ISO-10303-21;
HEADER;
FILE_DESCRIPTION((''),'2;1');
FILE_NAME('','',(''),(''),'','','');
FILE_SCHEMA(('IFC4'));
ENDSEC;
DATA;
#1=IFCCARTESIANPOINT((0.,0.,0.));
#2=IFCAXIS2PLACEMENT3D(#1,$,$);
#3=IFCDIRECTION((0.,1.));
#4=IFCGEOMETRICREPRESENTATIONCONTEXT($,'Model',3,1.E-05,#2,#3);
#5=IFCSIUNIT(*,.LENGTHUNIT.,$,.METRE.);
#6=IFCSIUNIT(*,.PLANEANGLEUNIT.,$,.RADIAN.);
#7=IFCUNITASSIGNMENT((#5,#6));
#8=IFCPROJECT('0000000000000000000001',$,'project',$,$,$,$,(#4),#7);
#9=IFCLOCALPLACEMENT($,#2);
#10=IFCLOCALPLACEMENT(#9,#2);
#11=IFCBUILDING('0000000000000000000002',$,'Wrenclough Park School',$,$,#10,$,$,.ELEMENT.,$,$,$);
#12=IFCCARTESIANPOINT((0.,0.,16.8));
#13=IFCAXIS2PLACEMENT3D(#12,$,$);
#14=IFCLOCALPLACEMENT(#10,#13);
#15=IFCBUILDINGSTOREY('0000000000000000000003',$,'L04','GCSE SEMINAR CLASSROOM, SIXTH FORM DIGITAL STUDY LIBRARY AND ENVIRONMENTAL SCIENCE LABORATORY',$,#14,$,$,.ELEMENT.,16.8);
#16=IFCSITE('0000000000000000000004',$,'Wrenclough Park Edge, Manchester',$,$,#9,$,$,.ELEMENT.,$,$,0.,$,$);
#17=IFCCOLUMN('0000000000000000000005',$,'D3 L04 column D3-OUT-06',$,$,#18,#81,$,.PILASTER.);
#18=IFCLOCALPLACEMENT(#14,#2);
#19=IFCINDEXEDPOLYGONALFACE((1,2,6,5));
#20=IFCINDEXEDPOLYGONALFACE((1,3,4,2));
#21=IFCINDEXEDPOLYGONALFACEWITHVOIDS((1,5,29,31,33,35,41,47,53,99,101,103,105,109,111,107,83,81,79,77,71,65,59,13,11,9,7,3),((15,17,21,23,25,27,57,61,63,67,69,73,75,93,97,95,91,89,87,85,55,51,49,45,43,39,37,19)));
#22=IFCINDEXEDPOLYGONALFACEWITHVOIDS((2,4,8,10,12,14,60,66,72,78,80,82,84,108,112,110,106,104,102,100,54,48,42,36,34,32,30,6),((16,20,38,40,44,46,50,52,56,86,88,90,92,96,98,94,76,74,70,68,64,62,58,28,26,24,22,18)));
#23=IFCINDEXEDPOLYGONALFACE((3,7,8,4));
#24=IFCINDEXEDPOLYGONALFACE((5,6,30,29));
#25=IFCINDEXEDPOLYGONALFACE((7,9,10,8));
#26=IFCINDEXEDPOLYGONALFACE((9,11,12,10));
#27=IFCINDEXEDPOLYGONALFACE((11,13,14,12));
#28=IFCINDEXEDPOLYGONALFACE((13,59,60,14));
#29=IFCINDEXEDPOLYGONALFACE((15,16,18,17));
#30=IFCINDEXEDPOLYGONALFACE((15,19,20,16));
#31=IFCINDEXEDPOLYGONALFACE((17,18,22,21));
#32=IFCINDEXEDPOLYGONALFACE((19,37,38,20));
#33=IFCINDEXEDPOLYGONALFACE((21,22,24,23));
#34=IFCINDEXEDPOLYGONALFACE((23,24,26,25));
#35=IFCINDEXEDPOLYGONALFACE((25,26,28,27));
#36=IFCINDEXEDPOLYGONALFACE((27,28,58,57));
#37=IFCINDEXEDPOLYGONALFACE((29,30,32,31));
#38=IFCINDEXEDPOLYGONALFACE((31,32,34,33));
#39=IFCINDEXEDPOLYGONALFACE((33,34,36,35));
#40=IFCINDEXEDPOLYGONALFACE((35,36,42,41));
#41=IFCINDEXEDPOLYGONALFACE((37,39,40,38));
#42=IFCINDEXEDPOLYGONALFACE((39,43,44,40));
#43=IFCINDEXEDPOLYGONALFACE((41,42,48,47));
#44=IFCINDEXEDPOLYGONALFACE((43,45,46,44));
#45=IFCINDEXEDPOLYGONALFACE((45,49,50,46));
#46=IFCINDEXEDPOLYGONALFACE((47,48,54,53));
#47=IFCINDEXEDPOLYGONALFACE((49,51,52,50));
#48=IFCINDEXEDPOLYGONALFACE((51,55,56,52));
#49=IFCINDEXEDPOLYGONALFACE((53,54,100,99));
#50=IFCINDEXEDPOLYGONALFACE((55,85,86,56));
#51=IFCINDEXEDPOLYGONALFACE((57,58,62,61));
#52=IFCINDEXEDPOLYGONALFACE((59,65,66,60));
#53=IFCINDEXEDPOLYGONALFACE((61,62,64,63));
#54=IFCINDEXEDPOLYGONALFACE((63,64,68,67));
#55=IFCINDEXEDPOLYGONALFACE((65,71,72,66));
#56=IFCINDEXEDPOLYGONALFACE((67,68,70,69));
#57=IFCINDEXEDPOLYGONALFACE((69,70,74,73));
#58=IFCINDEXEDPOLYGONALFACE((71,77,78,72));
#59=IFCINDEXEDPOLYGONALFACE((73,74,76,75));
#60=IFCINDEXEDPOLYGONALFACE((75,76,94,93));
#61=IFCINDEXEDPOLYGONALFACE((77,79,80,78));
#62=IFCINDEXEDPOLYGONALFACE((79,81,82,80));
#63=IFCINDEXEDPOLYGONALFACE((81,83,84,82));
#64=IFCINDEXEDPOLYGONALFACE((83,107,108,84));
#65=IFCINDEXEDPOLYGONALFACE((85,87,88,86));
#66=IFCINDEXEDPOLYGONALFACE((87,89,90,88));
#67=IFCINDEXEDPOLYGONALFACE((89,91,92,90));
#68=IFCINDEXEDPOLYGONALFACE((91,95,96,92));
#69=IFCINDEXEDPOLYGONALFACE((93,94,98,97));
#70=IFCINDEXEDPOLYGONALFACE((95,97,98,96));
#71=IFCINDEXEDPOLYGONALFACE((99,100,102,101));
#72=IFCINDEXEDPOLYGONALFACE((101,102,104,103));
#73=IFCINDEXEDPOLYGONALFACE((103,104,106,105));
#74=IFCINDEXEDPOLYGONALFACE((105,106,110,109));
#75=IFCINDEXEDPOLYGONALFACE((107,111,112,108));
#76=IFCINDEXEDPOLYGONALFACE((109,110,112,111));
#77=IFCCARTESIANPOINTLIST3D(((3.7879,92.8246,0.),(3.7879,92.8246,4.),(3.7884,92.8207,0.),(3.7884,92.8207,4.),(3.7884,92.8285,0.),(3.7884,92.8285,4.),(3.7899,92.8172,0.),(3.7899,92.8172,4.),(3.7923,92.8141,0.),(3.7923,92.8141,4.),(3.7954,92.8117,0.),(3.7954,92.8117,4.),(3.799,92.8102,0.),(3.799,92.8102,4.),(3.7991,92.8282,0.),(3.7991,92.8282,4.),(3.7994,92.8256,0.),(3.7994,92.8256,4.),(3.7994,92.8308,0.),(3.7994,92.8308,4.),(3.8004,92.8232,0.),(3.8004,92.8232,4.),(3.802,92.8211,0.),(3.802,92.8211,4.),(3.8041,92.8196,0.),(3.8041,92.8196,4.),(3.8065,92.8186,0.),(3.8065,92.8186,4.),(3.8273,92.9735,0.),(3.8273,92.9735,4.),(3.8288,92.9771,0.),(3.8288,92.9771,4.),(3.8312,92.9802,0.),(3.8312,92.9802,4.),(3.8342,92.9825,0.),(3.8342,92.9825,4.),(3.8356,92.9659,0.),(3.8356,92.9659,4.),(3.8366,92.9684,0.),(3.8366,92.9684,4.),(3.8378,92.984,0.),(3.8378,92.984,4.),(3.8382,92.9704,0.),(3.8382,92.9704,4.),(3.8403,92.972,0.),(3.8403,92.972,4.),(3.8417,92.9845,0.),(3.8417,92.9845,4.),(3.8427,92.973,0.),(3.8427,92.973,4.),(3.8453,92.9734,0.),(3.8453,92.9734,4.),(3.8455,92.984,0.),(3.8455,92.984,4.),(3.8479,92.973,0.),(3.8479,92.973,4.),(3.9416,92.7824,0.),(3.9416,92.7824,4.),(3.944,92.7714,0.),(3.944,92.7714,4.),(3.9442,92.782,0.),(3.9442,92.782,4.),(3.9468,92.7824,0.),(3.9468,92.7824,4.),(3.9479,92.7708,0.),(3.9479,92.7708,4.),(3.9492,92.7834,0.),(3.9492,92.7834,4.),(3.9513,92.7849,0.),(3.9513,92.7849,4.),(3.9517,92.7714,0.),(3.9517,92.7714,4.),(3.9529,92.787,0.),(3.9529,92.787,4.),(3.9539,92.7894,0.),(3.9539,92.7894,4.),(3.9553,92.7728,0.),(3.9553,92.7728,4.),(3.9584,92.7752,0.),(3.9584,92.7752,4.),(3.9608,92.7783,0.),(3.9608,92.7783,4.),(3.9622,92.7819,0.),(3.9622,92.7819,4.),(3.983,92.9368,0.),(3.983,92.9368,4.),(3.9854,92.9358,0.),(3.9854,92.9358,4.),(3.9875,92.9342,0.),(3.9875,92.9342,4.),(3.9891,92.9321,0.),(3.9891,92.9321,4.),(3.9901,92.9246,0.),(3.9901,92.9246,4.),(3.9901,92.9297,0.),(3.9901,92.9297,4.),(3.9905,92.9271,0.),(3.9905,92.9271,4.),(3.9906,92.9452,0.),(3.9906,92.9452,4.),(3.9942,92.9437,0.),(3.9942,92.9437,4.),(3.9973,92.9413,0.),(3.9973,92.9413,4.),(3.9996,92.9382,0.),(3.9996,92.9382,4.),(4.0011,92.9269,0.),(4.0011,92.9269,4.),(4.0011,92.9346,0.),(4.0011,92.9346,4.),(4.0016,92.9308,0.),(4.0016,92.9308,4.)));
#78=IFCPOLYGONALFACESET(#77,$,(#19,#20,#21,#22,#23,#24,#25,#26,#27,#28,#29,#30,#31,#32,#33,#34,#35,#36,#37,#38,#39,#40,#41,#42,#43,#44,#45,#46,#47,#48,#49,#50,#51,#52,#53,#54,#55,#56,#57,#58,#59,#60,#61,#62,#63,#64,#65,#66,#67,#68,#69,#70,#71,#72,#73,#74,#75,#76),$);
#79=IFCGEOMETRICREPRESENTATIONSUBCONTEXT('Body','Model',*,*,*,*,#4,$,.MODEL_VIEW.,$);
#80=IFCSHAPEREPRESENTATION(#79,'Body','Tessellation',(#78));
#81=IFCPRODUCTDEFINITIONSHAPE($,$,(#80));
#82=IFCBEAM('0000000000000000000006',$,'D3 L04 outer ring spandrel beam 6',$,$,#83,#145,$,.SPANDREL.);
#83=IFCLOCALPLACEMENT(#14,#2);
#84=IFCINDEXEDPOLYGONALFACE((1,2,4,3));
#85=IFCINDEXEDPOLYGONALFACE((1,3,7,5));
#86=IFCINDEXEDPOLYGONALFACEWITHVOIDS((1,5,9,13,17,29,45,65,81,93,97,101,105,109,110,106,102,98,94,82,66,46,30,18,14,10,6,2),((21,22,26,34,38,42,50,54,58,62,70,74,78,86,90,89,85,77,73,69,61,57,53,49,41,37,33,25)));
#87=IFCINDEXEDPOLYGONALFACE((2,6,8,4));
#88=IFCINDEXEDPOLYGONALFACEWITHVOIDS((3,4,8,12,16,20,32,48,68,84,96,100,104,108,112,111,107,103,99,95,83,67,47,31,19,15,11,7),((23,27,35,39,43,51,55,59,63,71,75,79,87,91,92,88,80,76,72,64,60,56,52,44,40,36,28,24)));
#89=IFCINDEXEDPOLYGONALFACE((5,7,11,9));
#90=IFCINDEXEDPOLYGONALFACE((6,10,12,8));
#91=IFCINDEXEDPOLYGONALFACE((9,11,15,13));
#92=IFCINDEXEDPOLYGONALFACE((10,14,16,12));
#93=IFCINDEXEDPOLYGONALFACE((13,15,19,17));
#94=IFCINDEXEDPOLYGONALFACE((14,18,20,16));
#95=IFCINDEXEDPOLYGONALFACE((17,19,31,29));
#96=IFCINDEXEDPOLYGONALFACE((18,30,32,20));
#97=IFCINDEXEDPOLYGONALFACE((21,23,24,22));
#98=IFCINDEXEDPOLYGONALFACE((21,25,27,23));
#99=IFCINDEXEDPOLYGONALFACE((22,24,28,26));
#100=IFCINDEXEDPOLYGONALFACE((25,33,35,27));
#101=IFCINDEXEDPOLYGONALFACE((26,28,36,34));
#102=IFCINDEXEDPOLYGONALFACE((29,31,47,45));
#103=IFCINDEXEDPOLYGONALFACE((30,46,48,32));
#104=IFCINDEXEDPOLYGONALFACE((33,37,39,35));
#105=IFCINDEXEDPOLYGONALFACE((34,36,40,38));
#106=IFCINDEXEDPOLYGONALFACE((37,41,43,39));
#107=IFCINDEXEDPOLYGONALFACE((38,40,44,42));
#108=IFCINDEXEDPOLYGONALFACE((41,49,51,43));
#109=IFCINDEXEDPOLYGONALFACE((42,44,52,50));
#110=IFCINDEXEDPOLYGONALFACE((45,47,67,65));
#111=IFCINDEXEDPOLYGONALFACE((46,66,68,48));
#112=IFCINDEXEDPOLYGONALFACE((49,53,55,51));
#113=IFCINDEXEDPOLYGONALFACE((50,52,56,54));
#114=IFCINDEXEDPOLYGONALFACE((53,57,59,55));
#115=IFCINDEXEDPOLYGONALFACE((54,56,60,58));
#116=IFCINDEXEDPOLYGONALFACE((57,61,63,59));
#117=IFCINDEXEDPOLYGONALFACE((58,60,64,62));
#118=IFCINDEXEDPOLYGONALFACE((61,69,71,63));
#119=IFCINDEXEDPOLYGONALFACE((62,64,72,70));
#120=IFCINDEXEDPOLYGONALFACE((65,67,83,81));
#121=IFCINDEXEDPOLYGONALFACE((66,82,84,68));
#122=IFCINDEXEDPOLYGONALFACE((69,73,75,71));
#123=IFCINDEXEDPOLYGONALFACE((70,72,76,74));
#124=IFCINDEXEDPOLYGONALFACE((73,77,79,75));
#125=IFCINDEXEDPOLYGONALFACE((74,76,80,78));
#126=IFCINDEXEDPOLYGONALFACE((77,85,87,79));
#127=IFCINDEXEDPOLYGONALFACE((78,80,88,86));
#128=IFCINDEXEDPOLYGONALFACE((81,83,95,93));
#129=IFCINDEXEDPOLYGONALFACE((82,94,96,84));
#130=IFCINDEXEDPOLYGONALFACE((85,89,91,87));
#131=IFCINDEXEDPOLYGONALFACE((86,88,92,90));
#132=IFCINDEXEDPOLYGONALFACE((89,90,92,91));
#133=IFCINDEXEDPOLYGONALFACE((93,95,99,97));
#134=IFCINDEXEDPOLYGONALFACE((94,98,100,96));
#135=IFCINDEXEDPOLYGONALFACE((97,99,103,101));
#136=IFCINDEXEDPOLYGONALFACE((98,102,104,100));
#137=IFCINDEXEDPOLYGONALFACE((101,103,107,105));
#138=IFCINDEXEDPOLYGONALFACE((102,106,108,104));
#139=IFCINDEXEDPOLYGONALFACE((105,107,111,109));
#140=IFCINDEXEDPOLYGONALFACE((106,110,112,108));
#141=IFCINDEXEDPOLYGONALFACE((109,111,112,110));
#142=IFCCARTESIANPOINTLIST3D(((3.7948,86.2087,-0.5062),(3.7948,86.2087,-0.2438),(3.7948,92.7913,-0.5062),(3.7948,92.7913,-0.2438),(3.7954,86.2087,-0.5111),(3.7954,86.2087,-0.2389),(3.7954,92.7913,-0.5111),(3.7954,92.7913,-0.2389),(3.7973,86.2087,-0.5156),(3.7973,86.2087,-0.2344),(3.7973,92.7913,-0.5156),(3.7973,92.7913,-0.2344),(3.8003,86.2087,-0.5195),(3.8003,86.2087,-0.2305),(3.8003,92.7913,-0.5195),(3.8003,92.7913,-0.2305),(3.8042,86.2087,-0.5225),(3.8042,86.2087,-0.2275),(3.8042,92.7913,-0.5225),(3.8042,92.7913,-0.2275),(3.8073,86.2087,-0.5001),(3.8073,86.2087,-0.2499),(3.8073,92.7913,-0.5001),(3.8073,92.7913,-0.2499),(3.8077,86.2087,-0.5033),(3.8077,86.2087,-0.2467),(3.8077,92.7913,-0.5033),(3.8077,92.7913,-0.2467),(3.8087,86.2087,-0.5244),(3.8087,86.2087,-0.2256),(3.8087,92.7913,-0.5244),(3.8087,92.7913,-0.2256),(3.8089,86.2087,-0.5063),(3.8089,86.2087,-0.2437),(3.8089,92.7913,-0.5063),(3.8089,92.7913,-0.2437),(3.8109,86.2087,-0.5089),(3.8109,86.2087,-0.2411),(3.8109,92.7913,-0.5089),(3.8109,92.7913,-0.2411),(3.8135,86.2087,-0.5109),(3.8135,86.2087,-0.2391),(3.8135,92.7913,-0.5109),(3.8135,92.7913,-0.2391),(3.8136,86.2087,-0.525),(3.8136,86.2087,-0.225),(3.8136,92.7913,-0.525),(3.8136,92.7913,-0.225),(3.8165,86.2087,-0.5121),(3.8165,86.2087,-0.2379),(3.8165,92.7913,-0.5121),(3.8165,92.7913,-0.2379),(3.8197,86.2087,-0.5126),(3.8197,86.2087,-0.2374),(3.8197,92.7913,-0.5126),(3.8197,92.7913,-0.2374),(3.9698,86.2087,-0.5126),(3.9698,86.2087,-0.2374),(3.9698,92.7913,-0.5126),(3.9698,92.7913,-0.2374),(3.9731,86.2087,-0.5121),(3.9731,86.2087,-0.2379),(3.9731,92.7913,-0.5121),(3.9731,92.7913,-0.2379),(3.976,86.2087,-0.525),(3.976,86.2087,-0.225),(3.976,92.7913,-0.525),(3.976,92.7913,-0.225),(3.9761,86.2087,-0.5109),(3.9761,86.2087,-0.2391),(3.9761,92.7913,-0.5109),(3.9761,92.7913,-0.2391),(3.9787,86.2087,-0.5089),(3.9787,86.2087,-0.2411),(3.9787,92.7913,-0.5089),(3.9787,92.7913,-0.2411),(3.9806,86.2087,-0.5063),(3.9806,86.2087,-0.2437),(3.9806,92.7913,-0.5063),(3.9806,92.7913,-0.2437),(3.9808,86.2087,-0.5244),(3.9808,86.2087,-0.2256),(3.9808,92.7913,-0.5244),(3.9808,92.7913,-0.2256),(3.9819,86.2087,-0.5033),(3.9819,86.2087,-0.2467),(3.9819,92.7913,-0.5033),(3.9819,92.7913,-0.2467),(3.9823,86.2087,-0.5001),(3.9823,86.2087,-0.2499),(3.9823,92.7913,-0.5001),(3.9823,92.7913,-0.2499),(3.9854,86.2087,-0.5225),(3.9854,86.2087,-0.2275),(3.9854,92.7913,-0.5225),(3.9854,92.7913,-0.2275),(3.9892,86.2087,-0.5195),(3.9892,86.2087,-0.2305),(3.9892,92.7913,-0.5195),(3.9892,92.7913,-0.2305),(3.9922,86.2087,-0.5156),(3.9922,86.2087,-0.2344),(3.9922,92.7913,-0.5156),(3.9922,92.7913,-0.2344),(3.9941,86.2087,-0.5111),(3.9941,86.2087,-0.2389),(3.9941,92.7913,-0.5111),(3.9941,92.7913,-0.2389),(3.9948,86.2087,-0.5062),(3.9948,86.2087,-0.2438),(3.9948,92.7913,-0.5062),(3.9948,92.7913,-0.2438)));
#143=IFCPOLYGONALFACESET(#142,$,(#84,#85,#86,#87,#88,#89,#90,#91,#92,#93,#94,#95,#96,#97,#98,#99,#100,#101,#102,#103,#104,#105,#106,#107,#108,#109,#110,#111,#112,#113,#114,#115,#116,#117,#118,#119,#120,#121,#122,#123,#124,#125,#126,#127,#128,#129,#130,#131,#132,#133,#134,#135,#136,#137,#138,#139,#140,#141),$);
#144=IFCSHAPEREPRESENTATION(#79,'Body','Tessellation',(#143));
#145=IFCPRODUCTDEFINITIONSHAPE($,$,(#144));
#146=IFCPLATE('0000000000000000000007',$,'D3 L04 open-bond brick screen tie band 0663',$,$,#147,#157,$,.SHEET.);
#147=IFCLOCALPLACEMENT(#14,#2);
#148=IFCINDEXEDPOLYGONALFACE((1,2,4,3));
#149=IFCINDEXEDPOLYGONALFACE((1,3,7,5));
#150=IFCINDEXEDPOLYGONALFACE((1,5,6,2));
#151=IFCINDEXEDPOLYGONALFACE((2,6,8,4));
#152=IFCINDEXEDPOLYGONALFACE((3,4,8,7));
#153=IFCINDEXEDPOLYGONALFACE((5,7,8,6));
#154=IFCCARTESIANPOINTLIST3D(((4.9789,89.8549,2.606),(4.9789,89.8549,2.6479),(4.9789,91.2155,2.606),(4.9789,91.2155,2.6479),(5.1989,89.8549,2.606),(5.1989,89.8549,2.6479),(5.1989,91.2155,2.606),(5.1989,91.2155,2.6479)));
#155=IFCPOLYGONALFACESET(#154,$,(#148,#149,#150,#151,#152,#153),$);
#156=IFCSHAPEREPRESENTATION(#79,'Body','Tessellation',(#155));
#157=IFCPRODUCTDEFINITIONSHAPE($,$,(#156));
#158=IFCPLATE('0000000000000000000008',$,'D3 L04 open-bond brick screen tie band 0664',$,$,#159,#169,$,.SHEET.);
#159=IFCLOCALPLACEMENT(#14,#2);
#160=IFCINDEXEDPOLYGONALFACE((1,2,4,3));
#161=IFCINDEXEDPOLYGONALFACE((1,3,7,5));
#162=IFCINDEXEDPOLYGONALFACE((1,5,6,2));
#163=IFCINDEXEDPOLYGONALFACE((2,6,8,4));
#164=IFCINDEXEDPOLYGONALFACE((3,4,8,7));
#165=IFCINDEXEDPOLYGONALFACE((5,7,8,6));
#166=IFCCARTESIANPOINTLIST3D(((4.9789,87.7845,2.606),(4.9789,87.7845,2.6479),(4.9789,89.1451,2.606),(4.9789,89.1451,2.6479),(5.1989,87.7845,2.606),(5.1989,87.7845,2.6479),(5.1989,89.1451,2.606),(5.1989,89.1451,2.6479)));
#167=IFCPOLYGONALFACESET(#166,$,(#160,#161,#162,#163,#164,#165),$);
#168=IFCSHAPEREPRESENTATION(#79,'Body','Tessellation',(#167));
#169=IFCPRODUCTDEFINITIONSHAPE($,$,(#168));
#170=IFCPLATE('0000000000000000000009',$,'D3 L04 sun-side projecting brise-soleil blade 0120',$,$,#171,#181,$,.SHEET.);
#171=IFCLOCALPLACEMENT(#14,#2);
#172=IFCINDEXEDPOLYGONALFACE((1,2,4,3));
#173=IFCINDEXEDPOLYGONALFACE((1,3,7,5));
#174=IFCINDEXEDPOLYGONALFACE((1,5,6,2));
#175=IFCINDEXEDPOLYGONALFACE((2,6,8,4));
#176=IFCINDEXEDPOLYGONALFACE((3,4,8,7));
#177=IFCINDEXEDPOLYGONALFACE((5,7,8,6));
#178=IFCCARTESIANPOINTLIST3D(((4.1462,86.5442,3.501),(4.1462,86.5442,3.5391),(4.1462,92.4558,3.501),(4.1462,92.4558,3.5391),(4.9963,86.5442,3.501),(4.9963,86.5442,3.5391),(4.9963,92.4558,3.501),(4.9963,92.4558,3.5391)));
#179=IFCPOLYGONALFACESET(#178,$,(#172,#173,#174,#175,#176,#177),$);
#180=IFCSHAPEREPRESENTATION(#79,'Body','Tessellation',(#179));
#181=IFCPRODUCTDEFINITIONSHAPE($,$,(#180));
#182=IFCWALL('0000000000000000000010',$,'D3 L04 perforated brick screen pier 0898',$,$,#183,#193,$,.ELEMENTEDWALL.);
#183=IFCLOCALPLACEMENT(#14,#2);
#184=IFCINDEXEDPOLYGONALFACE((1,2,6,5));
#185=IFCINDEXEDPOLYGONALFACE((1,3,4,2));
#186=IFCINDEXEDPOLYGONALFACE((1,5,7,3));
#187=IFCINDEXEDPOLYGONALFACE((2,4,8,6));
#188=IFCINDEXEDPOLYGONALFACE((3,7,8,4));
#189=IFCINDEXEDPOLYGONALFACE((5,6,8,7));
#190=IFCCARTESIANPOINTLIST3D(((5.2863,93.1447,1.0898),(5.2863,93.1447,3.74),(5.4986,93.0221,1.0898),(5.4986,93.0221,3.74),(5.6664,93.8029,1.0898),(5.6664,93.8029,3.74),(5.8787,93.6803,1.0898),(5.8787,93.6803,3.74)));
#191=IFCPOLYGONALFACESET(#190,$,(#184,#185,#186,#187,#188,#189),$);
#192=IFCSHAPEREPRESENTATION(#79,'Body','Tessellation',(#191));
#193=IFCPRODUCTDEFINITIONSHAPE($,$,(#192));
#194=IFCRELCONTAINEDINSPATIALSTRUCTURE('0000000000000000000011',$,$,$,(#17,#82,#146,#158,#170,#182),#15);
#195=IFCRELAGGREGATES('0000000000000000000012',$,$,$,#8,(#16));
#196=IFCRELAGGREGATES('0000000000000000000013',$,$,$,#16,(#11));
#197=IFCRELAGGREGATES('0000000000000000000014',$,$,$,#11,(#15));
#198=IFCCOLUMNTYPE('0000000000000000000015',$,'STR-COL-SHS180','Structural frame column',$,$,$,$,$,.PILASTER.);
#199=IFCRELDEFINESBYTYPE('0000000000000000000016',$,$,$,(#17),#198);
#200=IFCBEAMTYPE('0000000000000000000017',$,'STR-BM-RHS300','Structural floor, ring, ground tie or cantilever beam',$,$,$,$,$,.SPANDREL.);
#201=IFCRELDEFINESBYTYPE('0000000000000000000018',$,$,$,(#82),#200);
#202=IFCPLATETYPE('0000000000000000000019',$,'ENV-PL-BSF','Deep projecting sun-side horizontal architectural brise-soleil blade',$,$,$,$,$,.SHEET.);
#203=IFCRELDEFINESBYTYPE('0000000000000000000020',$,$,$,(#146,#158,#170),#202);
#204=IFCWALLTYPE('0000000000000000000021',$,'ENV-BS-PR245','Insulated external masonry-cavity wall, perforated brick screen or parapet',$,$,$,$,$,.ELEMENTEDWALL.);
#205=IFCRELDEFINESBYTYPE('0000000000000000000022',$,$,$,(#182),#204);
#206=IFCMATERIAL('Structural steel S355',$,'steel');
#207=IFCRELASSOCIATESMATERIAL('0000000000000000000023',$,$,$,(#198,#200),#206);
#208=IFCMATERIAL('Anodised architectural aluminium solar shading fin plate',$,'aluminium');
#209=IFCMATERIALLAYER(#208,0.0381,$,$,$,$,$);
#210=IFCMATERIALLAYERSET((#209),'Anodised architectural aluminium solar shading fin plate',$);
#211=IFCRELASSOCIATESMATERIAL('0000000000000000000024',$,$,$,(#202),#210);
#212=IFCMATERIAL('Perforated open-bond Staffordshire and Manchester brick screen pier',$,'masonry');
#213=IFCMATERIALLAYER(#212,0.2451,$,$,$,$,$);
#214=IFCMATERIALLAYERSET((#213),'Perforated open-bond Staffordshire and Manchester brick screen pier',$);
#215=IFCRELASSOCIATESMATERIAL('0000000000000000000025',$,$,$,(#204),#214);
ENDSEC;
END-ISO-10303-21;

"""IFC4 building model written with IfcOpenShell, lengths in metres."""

from ifc_helpers import new_model, si_unit, direction, frame, frame_2d, origin, origin_2d, place, context, subcontext, project, spatial, rectangle, hollow_rectangle, extrude, material, layer, layer_set, material_profile, profile_set, type_object, element, save


model = new_model("IFC4")

# Units and contexts
model_context = context("Model", 3, precision=1e-05, world=origin(), true_north=direction((0.0, 1.0)))
body_context = subcontext(model_context, "Body", "Model", "MODEL_VIEW")
ifc_project = project(units=[si_unit("LENGTHUNIT", "METRE"), si_unit("PLANEANGLEUNIT", "RADIAN")], contexts=[model_context])

# Site, building, storey
site_placement = place(None, origin())
site = spatial("IfcSite", under=ifc_project, at=site_placement, Name="Wrenclough Park Edge, Manchester", CompositionType="ELEMENT", RefElevation=0.0)
building_placement = place(site_placement, origin())
building = spatial("IfcBuilding", under=site, at=building_placement, Name="Wrenclough Park School", CompositionType="ELEMENT")
storey_placement = place(building_placement, frame((0.0, 0.0, 16.8)))
storey = spatial("IfcBuildingStorey", under=building, at=storey_placement, Name="L04", Description="GCSE SEMINAR CLASSROOM, SIXTH FORM DIGITAL STUDY LIBRARY AND ENVIRONMENTAL SCIENCE LABORATORY", CompositionType="ELEMENT", Elevation=16.8)

# Column
ifc_material_1 = material(Name="Structural steel S355", Category="steel")
ifc_material_profile_1 = material_profile(ifc_material_1, hollow_rectangle(XDim=0.1799, YDim=0.1799, WallThickness=0.01, InnerFilletRadius=0.01, OuterFilletRadius=0.0149, at=origin_2d()), Name="SHS 180x180x10.0")
ifc_profile_set_1 = profile_set([ifc_material_profile_1], Name="Structural steel S355")
column_type = type_object("IfcColumnType", Name="STR-COL-SHS180", Description="Structural frame column", PredefinedType="PILASTER", material=ifc_profile_set_1)
column_placement = place(storey_placement, frame((3.8948, 92.8777, 0.0), z_axis=(0.0, 0.0, 1.0), x_axis=(-0.258819, -0.965926, 0.0)))
element("IfcColumn", 1, at=column_placement, inside=storey, type_object=column_type, Name="D3 L04 column D3-OUT-06", PredefinedType="PILASTER", context=body_context, shape_type="SweptSolid", body=[
    extrude(hollow_rectangle(XDim=0.1799, YDim=0.1799, WallThickness=0.01, InnerFilletRadius=0.01, OuterFilletRadius=0.0149, at=origin_2d()), origin(), (0.0, 0.0, 1.0), 4.0),
])

# Beam
ifc_material_profile_2 = material_profile(ifc_material_1, hollow_rectangle(XDim=0.2, YDim=0.3, WallThickness=0.0125, InnerFilletRadius=0.0125, OuterFilletRadius=0.0188, at=origin_2d()), Name="RHS 300x200x12.5")
ifc_profile_set_2 = profile_set([ifc_material_profile_2], Name="Structural steel S355")
beam_type = type_object("IfcBeamType", Name="STR-BM-RHS300", Description="Structural floor, ring, ground tie or cantilever beam", PredefinedType="SPANDREL", material=ifc_profile_set_2)
beam_placement = place(storey_placement, frame((3.8948, 92.7913, -0.375), z_axis=(0.0, -1.0, 0.0), x_axis=(1.0, 0.0, 0.0)))
element("IfcBeam", 2, at=beam_placement, inside=storey, type_object=beam_type, Name="D3 L04 outer ring spandrel beam 6", PredefinedType="SPANDREL", context=body_context, shape_type="SweptSolid", body=[
    extrude(hollow_rectangle(XDim=0.2, YDim=0.3, WallThickness=0.0125, InnerFilletRadius=0.0125, OuterFilletRadius=0.0188, at=origin_2d()), origin(), (0.0, 0.0, 1.0), 6.5825),
])

# Plates
ifc_material_2 = material(Name="Anodised architectural aluminium solar shading fin plate", Category="aluminium")
ifc_layer_1 = layer(ifc_material_2, 0.0381)
ifc_layer_set_1 = layer_set([ifc_layer_1], Name="Anodised architectural aluminium solar shading fin plate")
plate_type = type_object("IfcPlateType", Name="ENV-PL-BSF", Description="Deep projecting sun-side horizontal architectural brise-soleil blade", PredefinedType="SHEET", material=ifc_layer_set_1)
for number, where, z_axis, x_axis, name in (
    (3, (5.0889, 90.5352, 2.606), (0.0, 0.0, 1.0), (0.0, -1.0, 0.0), "D3 L04 open-bond brick screen tie band 0663"),
    (4, (5.0889, 88.4648, 2.606), (0.0, 0.0, 1.0), (0.0, -1.0, 0.0), "D3 L04 open-bond brick screen tie band 0664"),
):
    element("IfcPlate", number, at=place(storey_placement, frame(where, z_axis=z_axis, x_axis=x_axis)), inside=storey, type_object=plate_type, Name=name, PredefinedType="SHEET", context=body_context, shape_type="SweptSolid", body=[
        extrude(rectangle(XDim=1.3606, YDim=0.22, at=origin_2d()), origin(), (0.0, 0.0, 1.0), 0.042),
    ])
plate_placement = place(storey_placement, frame((4.5713, 89.5, 3.501), z_axis=(0.0, 0.0, 1.0), x_axis=(0.0, -1.0, 0.0)))
element("IfcPlate", 5, at=plate_placement, inside=storey, type_object=plate_type, Name="D3 L04 sun-side projecting brise-soleil blade 0120", PredefinedType="SHEET", context=body_context, shape_type="SweptSolid", body=[
    extrude(rectangle(XDim=5.9116, YDim=0.8501, at=origin_2d()), origin(), (0.0, 0.0, 1.0), 0.0381),
])

# Wall
ifc_material_3 = material(Name="Perforated open-bond Staffordshire and Manchester brick screen pier", Category="masonry")
ifc_layer_2 = layer(ifc_material_3, 0.2451)
ifc_layer_set_2 = layer_set([ifc_layer_2], Name="Perforated open-bond Staffordshire and Manchester brick screen pier")
wall_type_1 = type_object("IfcWallType", Name="ENV-BS-PR245", Description="Insulated external masonry-cavity wall, perforated brick screen or parapet", PredefinedType="ELEMENTEDWALL", material=ifc_layer_set_2)
for number, where, z_axis, x_axis, name in (
    (6, (5.7725, 93.7415, 1.0898), (0.0, 0.0, 1.0), (-0.500112, -0.865961, 0.0), "D3 L04 perforated brick screen pier 0898"),
):
    element("IfcWall", number, at=place(storey_placement, frame(where, z_axis=z_axis, x_axis=x_axis)), inside=storey, type_object=wall_type_1, Name=name, PredefinedType="ELEMENTEDWALL", context=body_context, shape_type="SweptSolid", body=[
        extrude(rectangle(XDim=0.76, YDim=0.2451, at=frame_2d((0.3799, 0.0))), origin(), (0.0, 0.0, 1.0), 2.6501),
    ])

save(model, "model.ifc")
